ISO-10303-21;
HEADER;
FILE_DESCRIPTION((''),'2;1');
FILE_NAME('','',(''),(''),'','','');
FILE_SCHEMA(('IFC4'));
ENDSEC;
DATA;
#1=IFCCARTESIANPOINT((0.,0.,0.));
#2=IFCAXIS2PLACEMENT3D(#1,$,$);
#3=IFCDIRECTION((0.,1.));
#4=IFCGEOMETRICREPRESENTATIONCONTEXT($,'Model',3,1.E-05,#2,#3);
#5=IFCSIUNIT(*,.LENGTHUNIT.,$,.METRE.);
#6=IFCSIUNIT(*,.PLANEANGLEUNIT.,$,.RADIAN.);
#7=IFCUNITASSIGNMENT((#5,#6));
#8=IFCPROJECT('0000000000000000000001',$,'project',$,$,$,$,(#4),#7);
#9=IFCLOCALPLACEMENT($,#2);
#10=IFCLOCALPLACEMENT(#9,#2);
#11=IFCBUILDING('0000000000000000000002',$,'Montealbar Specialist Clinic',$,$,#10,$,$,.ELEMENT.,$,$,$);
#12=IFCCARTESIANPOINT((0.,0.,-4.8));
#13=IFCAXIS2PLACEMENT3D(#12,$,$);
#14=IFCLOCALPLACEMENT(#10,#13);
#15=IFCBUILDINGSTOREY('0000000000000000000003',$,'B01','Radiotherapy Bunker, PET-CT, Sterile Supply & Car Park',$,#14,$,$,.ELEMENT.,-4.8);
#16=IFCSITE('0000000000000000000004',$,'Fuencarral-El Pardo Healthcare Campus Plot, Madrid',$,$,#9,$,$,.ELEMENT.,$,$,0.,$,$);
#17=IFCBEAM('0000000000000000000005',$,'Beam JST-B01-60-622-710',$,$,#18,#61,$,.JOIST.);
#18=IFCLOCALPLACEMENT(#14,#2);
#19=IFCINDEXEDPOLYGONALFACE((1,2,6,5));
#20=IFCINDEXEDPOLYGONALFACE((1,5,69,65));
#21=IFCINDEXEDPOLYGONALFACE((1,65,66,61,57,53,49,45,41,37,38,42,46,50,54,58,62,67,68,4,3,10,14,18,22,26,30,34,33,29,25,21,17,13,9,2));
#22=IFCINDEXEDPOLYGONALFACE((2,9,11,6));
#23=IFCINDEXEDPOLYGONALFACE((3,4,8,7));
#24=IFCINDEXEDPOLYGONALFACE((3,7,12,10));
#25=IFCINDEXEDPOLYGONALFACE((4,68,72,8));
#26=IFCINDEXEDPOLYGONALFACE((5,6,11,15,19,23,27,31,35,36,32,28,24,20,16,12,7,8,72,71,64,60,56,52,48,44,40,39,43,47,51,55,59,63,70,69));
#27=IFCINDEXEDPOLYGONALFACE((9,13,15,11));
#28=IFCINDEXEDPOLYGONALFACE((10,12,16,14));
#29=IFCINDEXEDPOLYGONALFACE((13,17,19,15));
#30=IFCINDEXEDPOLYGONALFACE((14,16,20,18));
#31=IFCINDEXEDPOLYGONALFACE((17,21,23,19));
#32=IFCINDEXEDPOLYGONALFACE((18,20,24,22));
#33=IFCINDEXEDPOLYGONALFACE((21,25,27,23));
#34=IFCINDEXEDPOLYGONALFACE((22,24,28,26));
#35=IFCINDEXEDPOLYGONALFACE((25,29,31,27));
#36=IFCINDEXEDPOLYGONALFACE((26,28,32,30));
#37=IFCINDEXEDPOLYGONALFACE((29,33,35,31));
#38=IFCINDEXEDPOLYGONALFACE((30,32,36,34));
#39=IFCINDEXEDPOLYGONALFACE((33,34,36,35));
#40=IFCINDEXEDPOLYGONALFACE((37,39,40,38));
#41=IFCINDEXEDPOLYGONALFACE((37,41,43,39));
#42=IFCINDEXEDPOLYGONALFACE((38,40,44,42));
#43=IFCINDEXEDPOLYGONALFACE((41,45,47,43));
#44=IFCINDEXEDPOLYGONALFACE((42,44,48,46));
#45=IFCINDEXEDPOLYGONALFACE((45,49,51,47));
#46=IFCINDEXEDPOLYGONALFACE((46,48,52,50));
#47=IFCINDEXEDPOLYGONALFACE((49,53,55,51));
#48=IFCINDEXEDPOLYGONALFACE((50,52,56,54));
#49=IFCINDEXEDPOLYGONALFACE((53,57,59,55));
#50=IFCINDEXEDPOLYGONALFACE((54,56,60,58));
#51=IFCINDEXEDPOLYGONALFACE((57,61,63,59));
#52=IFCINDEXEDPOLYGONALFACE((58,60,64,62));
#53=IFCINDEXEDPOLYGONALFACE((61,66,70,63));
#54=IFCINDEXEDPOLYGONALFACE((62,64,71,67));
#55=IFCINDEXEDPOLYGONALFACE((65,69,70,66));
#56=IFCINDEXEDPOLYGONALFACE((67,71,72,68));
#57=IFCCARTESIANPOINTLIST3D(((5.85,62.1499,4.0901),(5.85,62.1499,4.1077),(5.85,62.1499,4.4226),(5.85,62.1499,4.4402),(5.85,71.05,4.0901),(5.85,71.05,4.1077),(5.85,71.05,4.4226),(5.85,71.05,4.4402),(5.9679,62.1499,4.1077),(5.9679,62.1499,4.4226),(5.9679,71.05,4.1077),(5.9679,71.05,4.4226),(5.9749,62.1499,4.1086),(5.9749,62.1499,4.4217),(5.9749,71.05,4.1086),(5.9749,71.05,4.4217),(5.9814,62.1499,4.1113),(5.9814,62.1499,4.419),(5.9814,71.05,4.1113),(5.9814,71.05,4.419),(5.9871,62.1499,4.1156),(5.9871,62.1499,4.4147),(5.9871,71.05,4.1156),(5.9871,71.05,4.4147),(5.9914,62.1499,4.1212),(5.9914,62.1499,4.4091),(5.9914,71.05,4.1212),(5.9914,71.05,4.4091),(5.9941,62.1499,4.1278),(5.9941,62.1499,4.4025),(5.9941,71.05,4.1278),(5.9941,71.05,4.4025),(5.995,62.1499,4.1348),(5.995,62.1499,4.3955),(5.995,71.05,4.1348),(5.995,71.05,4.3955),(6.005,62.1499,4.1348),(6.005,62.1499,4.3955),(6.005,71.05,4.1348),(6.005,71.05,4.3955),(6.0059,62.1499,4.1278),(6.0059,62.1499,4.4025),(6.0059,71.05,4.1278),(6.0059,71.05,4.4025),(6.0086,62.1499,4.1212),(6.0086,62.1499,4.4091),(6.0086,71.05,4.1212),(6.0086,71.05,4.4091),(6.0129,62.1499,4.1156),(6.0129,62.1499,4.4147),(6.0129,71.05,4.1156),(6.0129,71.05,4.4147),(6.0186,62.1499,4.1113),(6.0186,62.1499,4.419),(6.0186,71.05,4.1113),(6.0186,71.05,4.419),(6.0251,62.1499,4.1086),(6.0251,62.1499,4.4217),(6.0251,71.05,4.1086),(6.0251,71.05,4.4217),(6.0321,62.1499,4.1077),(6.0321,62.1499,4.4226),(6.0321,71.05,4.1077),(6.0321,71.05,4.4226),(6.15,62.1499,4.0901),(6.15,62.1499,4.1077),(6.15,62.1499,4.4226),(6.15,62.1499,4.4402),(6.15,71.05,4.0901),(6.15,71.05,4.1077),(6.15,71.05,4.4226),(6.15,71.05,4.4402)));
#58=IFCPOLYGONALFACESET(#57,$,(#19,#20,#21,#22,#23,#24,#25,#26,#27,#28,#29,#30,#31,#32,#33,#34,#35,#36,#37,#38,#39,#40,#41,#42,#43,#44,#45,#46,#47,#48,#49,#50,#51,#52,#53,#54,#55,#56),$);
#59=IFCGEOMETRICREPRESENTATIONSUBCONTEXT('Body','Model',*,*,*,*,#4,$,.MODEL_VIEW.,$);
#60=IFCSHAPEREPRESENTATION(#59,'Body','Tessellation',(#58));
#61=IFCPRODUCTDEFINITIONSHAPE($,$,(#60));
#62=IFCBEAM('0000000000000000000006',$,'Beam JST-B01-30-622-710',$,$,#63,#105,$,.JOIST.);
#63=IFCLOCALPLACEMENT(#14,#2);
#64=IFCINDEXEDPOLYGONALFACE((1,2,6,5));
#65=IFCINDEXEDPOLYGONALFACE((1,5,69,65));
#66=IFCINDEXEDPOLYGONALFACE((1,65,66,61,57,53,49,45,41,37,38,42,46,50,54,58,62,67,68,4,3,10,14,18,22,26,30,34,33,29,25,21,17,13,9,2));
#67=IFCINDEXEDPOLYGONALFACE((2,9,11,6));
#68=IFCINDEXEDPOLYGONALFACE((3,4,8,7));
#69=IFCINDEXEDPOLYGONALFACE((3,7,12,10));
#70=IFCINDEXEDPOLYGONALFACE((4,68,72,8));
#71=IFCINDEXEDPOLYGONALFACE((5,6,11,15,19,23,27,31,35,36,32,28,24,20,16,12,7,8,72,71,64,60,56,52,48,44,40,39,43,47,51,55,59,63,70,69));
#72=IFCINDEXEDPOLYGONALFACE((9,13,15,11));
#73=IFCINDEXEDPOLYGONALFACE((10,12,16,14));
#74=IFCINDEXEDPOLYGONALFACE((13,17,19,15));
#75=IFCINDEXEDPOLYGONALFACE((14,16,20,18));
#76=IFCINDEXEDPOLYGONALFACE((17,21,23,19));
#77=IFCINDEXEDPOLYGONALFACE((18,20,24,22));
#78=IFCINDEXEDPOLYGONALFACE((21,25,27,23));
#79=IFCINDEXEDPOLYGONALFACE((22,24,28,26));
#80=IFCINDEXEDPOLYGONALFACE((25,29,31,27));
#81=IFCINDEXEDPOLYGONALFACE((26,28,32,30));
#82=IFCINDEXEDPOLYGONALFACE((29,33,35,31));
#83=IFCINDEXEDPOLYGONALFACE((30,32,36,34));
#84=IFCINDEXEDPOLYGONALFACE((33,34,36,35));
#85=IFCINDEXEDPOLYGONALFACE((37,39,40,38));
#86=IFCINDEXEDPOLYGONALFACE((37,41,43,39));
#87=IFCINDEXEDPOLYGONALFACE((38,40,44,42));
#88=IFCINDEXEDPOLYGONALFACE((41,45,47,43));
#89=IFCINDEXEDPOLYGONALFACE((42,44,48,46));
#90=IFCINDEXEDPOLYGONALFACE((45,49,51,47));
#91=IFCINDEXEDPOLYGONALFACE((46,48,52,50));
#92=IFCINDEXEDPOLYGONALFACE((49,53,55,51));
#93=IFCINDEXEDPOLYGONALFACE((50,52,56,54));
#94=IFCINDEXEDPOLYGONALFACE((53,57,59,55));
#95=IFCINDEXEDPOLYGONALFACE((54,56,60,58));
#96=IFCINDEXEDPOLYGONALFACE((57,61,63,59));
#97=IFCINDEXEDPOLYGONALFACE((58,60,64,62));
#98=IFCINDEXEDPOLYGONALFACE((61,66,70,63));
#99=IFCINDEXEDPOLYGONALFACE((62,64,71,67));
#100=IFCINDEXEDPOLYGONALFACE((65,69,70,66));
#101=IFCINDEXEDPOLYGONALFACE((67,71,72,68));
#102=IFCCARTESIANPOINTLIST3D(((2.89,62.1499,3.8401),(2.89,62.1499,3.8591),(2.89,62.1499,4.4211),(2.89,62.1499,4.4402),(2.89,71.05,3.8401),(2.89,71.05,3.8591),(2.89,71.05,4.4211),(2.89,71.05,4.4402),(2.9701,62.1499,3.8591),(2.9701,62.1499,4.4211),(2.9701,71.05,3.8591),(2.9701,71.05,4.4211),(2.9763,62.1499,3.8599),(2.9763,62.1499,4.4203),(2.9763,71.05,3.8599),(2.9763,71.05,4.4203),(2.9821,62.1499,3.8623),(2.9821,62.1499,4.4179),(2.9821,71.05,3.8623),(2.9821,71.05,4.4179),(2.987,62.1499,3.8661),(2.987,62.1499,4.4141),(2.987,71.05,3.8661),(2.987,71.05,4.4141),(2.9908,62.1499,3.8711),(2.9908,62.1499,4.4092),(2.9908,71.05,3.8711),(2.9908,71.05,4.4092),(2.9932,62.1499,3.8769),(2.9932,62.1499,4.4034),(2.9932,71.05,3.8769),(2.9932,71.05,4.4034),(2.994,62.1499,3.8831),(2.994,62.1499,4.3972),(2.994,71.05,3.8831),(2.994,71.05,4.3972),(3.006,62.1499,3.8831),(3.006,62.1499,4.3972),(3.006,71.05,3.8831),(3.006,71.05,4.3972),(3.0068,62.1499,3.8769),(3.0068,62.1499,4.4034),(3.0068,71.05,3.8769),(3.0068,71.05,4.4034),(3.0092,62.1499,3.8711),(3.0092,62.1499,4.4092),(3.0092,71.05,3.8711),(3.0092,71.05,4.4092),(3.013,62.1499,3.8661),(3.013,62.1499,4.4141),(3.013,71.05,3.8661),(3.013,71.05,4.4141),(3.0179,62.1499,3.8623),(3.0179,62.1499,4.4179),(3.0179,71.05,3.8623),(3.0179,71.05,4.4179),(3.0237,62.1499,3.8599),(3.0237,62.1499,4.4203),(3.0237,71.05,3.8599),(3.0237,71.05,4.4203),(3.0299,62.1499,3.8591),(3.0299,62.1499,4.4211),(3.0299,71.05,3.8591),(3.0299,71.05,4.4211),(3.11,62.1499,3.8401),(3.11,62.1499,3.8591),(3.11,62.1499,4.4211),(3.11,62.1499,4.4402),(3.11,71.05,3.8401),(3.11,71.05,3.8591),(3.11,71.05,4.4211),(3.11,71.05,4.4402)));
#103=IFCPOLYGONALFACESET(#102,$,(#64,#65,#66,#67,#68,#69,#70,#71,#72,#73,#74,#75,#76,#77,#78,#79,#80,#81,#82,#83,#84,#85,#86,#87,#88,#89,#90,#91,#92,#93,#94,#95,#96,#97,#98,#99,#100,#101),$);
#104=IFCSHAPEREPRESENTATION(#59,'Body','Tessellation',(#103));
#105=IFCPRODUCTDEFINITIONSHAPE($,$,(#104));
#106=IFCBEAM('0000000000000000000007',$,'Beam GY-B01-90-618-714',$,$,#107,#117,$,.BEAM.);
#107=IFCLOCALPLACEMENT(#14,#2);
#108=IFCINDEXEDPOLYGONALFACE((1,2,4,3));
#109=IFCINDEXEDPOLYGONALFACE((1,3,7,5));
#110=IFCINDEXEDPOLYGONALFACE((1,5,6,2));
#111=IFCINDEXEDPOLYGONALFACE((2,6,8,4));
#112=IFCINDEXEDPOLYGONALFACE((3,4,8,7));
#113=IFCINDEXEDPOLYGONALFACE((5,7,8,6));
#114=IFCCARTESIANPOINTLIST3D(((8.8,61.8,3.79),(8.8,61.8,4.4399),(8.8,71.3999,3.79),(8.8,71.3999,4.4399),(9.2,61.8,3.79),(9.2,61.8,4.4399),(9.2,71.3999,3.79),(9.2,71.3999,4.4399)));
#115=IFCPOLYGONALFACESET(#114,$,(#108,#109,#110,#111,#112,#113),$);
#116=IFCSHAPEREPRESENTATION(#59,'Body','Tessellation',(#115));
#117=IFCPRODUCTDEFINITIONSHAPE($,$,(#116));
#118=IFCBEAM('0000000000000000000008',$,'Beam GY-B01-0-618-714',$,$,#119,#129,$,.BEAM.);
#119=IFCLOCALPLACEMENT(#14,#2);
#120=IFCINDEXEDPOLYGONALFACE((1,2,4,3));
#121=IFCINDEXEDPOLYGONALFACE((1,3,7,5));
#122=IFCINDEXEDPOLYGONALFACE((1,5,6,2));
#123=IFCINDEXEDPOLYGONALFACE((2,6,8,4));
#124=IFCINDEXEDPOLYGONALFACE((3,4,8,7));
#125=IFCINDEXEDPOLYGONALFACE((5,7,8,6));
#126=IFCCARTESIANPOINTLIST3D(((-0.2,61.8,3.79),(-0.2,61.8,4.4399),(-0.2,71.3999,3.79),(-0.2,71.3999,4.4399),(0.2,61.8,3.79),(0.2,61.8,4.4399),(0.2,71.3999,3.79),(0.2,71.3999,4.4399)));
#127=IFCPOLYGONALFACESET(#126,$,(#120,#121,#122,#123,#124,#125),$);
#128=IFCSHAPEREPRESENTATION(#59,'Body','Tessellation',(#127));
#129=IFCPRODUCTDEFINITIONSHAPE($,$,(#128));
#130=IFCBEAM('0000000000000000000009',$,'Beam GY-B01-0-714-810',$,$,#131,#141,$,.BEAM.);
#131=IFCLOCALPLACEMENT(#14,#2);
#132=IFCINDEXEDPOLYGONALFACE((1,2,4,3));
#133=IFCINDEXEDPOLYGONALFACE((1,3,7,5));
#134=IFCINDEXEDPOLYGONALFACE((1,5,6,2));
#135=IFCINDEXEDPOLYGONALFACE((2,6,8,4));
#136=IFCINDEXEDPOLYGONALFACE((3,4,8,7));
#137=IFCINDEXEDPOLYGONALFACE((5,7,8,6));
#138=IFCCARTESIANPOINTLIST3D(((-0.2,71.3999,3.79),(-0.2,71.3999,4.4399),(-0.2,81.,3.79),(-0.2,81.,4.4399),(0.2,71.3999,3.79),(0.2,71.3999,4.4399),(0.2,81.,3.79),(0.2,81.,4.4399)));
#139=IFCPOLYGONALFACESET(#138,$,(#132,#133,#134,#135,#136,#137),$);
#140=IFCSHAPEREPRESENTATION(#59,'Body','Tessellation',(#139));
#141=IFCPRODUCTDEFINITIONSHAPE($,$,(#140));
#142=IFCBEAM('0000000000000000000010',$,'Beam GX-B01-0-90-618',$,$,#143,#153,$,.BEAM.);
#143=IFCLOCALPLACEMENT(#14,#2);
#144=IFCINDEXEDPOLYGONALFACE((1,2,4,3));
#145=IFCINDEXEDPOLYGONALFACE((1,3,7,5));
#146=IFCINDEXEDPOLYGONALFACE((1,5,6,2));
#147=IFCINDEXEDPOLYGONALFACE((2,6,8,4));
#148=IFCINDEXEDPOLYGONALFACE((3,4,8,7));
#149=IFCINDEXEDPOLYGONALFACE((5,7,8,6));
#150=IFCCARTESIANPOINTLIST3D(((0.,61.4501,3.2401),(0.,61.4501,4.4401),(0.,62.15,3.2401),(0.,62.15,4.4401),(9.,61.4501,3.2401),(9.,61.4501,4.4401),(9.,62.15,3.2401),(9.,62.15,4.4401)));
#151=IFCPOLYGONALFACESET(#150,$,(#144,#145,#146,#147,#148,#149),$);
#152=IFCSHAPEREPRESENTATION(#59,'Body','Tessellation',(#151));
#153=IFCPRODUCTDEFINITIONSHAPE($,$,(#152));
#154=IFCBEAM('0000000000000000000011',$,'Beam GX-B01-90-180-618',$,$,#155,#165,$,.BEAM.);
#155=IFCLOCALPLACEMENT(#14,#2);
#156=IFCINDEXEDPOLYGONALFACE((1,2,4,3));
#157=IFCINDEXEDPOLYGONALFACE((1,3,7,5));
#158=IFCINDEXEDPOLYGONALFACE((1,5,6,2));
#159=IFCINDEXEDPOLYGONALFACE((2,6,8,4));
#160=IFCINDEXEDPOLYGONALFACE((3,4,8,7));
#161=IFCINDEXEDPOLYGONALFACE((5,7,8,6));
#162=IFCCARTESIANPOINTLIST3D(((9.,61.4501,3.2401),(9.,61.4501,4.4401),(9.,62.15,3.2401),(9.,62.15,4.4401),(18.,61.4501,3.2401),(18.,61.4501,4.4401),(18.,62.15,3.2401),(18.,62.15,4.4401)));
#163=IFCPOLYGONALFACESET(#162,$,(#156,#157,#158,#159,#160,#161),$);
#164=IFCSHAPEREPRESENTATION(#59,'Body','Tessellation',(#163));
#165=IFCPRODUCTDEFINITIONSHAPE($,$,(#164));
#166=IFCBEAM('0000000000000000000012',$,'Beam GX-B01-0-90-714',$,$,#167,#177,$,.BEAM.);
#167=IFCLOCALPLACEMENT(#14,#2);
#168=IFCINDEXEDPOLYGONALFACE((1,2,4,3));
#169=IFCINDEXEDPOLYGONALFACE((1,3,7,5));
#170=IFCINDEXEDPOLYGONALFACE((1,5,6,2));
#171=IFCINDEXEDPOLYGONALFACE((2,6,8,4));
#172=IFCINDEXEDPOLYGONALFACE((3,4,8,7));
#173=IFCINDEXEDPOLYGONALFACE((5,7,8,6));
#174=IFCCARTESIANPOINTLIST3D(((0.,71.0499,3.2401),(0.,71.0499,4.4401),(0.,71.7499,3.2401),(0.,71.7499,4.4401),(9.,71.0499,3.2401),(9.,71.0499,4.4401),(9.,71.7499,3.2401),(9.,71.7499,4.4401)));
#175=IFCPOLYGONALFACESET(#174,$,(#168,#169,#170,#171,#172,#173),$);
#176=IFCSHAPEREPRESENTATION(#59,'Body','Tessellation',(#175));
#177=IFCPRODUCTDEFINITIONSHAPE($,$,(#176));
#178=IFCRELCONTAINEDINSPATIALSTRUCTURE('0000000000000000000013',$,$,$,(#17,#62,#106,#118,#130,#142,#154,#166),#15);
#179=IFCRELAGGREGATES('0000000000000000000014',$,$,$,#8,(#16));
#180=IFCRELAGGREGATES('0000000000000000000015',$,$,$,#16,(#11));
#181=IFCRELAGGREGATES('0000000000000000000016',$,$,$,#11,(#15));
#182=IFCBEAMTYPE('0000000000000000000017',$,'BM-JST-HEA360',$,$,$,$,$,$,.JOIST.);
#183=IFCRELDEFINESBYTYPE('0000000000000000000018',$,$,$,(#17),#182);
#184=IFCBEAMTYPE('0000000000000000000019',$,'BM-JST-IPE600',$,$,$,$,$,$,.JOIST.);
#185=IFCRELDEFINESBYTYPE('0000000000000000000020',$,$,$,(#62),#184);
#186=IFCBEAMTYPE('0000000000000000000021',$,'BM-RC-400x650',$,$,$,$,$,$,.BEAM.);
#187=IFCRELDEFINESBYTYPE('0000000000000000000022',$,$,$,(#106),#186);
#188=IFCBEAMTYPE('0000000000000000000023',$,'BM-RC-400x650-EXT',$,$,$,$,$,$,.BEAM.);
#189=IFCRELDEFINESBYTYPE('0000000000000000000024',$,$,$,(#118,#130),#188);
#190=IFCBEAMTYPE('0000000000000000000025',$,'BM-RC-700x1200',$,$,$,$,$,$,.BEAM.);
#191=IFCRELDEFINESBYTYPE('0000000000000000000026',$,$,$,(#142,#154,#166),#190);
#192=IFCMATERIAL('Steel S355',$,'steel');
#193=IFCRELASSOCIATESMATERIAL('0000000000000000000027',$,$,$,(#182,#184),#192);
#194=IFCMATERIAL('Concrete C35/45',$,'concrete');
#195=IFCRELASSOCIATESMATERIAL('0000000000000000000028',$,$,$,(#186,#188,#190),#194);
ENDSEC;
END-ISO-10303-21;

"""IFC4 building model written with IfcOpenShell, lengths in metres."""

from ifc_helpers import new_model, si_unit, direction, frame, origin, origin_2d, place, context, subcontext, project, spatial, rectangle, i_section, extrude, material, material_profile, profile_set, type_object, element, save


model = new_model("IFC4")

# Units and contexts
model_context = context("Model", 3, precision=1e-05, world=origin(), true_north=direction((0.0, 1.0)))
body_context = subcontext(model_context, "Body", "Model", "MODEL_VIEW")
ifc_project = project(units=[si_unit("LENGTHUNIT", "METRE"), si_unit("PLANEANGLEUNIT", "RADIAN")], contexts=[model_context])

# Site, building, storey
site_placement = place(None, origin())
site = spatial("IfcSite", under=ifc_project, at=site_placement, Name="Fuencarral-El Pardo Healthcare Campus Plot, Madrid", CompositionType="ELEMENT", RefElevation=0.0)
building_placement = place(site_placement, origin())
building = spatial("IfcBuilding", under=site, at=building_placement, Name="Montealbar Specialist Clinic", CompositionType="ELEMENT")
storey_placement = place(building_placement, frame((0.0, 0.0, -4.8)))
storey = spatial("IfcBuildingStorey", under=building, at=storey_placement, Name="B01", Description="Radiotherapy Bunker, PET-CT, Sterile Supply & Car Park", CompositionType="ELEMENT", Elevation=-4.8)

# Shared definitions
ifc_material_1 = material(Name="Concrete C35/45", Category="concrete")

# Beams
ifc_material_2 = material(Name="Steel S355", Category="steel")
ifc_material_profile_1 = material_profile(ifc_material_2, i_section(OverallWidth=0.3, OverallDepth=0.3501, WebThickness=0.01, FlangeThickness=0.0176, FilletRadius=0.0271, at=origin_2d()), Name="HEA 360", Category="steel")
ifc_profile_set_1 = profile_set([ifc_material_profile_1], Name="Steel S355")
beam_type_1 = type_object("IfcBeamType", Name="BM-JST-HEA360", PredefinedType="JOIST", material=ifc_profile_set_1)
beam_1_placement = place(storey_placement, frame((6.0, 62.1499, 4.2651), z_axis=(0.0, 1.0, 0.0), x_axis=(-1.0, 0.0, 0.0)))
element("IfcBeam", 1, at=beam_1_placement, inside=storey, type_object=beam_type_1, Name="Beam JST-B01-60-622-710", PredefinedType="JOIST", context=body_context, shape_type="SweptSolid", body=[
    extrude(i_section(OverallWidth=0.3, OverallDepth=0.3501, WebThickness=0.01, FlangeThickness=0.0176, FilletRadius=0.0271, at=origin_2d()), origin(), (0.0, 0.0, 1.0), 8.9001),
])
ifc_material_profile_2 = material_profile(ifc_material_2, i_section(OverallWidth=0.22, OverallDepth=0.6001, WebThickness=0.012, FlangeThickness=0.019, FilletRadius=0.0239, at=origin_2d()), Name="IPE 600", Category="steel")
ifc_profile_set_2 = profile_set([ifc_material_profile_2], Name="Steel S355")
beam_type_2 = type_object("IfcBeamType", Name="BM-JST-IPE600", PredefinedType="JOIST", material=ifc_profile_set_2)
beam_2_placement = place(storey_placement, frame((3.0, 62.1499, 4.1401), z_axis=(0.0, 1.0, 0.0), x_axis=(-1.0, 0.0, 0.0)))
element("IfcBeam", 2, at=beam_2_placement, inside=storey, type_object=beam_type_2, Name="Beam JST-B01-30-622-710", PredefinedType="JOIST", context=body_context, shape_type="SweptSolid", body=[
    extrude(i_section(OverallWidth=0.22, OverallDepth=0.6001, WebThickness=0.012, FlangeThickness=0.019, FilletRadius=0.0239, at=origin_2d()), origin(), (0.0, 0.0, 1.0), 8.9001),
])
ifc_material_profile_3 = material_profile(ifc_material_1, rectangle(XDim=0.3999, YDim=0.6499, at=origin_2d()), Name="RC 400x650", Category="concrete")
ifc_profile_set_3 = profile_set([ifc_material_profile_3], Name="Concrete C35/45")
beam_type_3 = type_object("IfcBeamType", Name="BM-RC-400x650", PredefinedType="BEAM", material=ifc_profile_set_3)
beam_3_placement = place(storey_placement, frame((9.0, 61.8, 4.115), z_axis=(0.0, 1.0, 0.0), x_axis=(-1.0, 0.0, 0.0)))
element("IfcBeam", 3, at=beam_3_placement, inside=storey, type_object=beam_type_3, Name="Beam GY-B01-90-618-714", PredefinedType="BEAM", context=body_context, shape_type="SweptSolid", body=[
    extrude(rectangle(XDim=0.3999, YDim=0.6499, at=origin_2d()), origin(), (0.0, 0.0, 1.0), 9.5999),
])
ifc_material_profile_4 = material_profile(ifc_material_1, rectangle(XDim=0.3999, YDim=0.6499, at=origin_2d()), Name="RC 400x650", Category="concrete")
ifc_profile_set_4 = profile_set([ifc_material_profile_4], Name="Concrete C35/45")
beam_type_4 = type_object("IfcBeamType", Name="BM-RC-400x650-EXT", PredefinedType="BEAM", material=ifc_profile_set_4)
beam_4_placement = place(storey_placement, frame((0.0, 61.8, 4.115), z_axis=(0.0, 1.0, 0.0), x_axis=(-1.0, 0.0, 0.0)))
element("IfcBeam", 4, at=beam_4_placement, inside=storey, type_object=beam_type_4, Name="Beam GY-B01-0-618-714", PredefinedType="BEAM", context=body_context, shape_type="SweptSolid", body=[
    extrude(rectangle(XDim=0.3999, YDim=0.6499, at=origin_2d()), origin(), (0.0, 0.0, 1.0), 9.5999),
])
beam_5_placement = place(storey_placement, frame((0.0, 71.3999, 4.115), z_axis=(0.0, 1.0, 0.0), x_axis=(-1.0, 0.0, 0.0)))
element("IfcBeam", 5, at=beam_5_placement, inside=storey, type_object=beam_type_4, Name="Beam GY-B01-0-714-810", PredefinedType="BEAM", context=body_context, shape_type="SweptSolid", body=[
    extrude(rectangle(XDim=0.3999, YDim=0.6499, at=origin_2d()), origin(), (0.0, 0.0, 1.0), 9.6001),
])
ifc_material_profile_5 = material_profile(ifc_material_1, rectangle(XDim=0.7, YDim=1.2, at=origin_2d()), Name="RC 700x1200", Category="concrete")
ifc_profile_set_5 = profile_set([ifc_material_profile_5], Name="Concrete C35/45")
beam_type_5 = type_object("IfcBeamType", Name="BM-RC-700x1200", PredefinedType="BEAM", material=ifc_profile_set_5)
for number, where, z_axis, x_axis, name in (
    (6, (0.0, 61.8, 3.8401), (1.0, 0.0, 0.0), (0.0, 1.0, 0.0), "Beam GX-B01-0-90-618"),
    (7, (9.0, 61.8, 3.8401), (1.0, 0.0, 0.0), (0.0, 1.0, 0.0), "Beam GX-B01-90-180-618"),
    (8, (0.0, 71.3999, 3.8401), (1.0, 0.0, 0.0), (0.0, 1.0, 0.0), "Beam GX-B01-0-90-714"),
):
    element("IfcBeam", number, at=place(storey_placement, frame(where, z_axis=z_axis, x_axis=x_axis)), inside=storey, type_object=beam_type_5, Name=name, PredefinedType="BEAM", context=body_context, shape_type="SweptSolid", body=[
        extrude(rectangle(XDim=0.7, YDim=1.2, at=origin_2d()), origin(), (0.0, 0.0, 1.0), 9.0),
    ])

save(model, "model.ifc")
